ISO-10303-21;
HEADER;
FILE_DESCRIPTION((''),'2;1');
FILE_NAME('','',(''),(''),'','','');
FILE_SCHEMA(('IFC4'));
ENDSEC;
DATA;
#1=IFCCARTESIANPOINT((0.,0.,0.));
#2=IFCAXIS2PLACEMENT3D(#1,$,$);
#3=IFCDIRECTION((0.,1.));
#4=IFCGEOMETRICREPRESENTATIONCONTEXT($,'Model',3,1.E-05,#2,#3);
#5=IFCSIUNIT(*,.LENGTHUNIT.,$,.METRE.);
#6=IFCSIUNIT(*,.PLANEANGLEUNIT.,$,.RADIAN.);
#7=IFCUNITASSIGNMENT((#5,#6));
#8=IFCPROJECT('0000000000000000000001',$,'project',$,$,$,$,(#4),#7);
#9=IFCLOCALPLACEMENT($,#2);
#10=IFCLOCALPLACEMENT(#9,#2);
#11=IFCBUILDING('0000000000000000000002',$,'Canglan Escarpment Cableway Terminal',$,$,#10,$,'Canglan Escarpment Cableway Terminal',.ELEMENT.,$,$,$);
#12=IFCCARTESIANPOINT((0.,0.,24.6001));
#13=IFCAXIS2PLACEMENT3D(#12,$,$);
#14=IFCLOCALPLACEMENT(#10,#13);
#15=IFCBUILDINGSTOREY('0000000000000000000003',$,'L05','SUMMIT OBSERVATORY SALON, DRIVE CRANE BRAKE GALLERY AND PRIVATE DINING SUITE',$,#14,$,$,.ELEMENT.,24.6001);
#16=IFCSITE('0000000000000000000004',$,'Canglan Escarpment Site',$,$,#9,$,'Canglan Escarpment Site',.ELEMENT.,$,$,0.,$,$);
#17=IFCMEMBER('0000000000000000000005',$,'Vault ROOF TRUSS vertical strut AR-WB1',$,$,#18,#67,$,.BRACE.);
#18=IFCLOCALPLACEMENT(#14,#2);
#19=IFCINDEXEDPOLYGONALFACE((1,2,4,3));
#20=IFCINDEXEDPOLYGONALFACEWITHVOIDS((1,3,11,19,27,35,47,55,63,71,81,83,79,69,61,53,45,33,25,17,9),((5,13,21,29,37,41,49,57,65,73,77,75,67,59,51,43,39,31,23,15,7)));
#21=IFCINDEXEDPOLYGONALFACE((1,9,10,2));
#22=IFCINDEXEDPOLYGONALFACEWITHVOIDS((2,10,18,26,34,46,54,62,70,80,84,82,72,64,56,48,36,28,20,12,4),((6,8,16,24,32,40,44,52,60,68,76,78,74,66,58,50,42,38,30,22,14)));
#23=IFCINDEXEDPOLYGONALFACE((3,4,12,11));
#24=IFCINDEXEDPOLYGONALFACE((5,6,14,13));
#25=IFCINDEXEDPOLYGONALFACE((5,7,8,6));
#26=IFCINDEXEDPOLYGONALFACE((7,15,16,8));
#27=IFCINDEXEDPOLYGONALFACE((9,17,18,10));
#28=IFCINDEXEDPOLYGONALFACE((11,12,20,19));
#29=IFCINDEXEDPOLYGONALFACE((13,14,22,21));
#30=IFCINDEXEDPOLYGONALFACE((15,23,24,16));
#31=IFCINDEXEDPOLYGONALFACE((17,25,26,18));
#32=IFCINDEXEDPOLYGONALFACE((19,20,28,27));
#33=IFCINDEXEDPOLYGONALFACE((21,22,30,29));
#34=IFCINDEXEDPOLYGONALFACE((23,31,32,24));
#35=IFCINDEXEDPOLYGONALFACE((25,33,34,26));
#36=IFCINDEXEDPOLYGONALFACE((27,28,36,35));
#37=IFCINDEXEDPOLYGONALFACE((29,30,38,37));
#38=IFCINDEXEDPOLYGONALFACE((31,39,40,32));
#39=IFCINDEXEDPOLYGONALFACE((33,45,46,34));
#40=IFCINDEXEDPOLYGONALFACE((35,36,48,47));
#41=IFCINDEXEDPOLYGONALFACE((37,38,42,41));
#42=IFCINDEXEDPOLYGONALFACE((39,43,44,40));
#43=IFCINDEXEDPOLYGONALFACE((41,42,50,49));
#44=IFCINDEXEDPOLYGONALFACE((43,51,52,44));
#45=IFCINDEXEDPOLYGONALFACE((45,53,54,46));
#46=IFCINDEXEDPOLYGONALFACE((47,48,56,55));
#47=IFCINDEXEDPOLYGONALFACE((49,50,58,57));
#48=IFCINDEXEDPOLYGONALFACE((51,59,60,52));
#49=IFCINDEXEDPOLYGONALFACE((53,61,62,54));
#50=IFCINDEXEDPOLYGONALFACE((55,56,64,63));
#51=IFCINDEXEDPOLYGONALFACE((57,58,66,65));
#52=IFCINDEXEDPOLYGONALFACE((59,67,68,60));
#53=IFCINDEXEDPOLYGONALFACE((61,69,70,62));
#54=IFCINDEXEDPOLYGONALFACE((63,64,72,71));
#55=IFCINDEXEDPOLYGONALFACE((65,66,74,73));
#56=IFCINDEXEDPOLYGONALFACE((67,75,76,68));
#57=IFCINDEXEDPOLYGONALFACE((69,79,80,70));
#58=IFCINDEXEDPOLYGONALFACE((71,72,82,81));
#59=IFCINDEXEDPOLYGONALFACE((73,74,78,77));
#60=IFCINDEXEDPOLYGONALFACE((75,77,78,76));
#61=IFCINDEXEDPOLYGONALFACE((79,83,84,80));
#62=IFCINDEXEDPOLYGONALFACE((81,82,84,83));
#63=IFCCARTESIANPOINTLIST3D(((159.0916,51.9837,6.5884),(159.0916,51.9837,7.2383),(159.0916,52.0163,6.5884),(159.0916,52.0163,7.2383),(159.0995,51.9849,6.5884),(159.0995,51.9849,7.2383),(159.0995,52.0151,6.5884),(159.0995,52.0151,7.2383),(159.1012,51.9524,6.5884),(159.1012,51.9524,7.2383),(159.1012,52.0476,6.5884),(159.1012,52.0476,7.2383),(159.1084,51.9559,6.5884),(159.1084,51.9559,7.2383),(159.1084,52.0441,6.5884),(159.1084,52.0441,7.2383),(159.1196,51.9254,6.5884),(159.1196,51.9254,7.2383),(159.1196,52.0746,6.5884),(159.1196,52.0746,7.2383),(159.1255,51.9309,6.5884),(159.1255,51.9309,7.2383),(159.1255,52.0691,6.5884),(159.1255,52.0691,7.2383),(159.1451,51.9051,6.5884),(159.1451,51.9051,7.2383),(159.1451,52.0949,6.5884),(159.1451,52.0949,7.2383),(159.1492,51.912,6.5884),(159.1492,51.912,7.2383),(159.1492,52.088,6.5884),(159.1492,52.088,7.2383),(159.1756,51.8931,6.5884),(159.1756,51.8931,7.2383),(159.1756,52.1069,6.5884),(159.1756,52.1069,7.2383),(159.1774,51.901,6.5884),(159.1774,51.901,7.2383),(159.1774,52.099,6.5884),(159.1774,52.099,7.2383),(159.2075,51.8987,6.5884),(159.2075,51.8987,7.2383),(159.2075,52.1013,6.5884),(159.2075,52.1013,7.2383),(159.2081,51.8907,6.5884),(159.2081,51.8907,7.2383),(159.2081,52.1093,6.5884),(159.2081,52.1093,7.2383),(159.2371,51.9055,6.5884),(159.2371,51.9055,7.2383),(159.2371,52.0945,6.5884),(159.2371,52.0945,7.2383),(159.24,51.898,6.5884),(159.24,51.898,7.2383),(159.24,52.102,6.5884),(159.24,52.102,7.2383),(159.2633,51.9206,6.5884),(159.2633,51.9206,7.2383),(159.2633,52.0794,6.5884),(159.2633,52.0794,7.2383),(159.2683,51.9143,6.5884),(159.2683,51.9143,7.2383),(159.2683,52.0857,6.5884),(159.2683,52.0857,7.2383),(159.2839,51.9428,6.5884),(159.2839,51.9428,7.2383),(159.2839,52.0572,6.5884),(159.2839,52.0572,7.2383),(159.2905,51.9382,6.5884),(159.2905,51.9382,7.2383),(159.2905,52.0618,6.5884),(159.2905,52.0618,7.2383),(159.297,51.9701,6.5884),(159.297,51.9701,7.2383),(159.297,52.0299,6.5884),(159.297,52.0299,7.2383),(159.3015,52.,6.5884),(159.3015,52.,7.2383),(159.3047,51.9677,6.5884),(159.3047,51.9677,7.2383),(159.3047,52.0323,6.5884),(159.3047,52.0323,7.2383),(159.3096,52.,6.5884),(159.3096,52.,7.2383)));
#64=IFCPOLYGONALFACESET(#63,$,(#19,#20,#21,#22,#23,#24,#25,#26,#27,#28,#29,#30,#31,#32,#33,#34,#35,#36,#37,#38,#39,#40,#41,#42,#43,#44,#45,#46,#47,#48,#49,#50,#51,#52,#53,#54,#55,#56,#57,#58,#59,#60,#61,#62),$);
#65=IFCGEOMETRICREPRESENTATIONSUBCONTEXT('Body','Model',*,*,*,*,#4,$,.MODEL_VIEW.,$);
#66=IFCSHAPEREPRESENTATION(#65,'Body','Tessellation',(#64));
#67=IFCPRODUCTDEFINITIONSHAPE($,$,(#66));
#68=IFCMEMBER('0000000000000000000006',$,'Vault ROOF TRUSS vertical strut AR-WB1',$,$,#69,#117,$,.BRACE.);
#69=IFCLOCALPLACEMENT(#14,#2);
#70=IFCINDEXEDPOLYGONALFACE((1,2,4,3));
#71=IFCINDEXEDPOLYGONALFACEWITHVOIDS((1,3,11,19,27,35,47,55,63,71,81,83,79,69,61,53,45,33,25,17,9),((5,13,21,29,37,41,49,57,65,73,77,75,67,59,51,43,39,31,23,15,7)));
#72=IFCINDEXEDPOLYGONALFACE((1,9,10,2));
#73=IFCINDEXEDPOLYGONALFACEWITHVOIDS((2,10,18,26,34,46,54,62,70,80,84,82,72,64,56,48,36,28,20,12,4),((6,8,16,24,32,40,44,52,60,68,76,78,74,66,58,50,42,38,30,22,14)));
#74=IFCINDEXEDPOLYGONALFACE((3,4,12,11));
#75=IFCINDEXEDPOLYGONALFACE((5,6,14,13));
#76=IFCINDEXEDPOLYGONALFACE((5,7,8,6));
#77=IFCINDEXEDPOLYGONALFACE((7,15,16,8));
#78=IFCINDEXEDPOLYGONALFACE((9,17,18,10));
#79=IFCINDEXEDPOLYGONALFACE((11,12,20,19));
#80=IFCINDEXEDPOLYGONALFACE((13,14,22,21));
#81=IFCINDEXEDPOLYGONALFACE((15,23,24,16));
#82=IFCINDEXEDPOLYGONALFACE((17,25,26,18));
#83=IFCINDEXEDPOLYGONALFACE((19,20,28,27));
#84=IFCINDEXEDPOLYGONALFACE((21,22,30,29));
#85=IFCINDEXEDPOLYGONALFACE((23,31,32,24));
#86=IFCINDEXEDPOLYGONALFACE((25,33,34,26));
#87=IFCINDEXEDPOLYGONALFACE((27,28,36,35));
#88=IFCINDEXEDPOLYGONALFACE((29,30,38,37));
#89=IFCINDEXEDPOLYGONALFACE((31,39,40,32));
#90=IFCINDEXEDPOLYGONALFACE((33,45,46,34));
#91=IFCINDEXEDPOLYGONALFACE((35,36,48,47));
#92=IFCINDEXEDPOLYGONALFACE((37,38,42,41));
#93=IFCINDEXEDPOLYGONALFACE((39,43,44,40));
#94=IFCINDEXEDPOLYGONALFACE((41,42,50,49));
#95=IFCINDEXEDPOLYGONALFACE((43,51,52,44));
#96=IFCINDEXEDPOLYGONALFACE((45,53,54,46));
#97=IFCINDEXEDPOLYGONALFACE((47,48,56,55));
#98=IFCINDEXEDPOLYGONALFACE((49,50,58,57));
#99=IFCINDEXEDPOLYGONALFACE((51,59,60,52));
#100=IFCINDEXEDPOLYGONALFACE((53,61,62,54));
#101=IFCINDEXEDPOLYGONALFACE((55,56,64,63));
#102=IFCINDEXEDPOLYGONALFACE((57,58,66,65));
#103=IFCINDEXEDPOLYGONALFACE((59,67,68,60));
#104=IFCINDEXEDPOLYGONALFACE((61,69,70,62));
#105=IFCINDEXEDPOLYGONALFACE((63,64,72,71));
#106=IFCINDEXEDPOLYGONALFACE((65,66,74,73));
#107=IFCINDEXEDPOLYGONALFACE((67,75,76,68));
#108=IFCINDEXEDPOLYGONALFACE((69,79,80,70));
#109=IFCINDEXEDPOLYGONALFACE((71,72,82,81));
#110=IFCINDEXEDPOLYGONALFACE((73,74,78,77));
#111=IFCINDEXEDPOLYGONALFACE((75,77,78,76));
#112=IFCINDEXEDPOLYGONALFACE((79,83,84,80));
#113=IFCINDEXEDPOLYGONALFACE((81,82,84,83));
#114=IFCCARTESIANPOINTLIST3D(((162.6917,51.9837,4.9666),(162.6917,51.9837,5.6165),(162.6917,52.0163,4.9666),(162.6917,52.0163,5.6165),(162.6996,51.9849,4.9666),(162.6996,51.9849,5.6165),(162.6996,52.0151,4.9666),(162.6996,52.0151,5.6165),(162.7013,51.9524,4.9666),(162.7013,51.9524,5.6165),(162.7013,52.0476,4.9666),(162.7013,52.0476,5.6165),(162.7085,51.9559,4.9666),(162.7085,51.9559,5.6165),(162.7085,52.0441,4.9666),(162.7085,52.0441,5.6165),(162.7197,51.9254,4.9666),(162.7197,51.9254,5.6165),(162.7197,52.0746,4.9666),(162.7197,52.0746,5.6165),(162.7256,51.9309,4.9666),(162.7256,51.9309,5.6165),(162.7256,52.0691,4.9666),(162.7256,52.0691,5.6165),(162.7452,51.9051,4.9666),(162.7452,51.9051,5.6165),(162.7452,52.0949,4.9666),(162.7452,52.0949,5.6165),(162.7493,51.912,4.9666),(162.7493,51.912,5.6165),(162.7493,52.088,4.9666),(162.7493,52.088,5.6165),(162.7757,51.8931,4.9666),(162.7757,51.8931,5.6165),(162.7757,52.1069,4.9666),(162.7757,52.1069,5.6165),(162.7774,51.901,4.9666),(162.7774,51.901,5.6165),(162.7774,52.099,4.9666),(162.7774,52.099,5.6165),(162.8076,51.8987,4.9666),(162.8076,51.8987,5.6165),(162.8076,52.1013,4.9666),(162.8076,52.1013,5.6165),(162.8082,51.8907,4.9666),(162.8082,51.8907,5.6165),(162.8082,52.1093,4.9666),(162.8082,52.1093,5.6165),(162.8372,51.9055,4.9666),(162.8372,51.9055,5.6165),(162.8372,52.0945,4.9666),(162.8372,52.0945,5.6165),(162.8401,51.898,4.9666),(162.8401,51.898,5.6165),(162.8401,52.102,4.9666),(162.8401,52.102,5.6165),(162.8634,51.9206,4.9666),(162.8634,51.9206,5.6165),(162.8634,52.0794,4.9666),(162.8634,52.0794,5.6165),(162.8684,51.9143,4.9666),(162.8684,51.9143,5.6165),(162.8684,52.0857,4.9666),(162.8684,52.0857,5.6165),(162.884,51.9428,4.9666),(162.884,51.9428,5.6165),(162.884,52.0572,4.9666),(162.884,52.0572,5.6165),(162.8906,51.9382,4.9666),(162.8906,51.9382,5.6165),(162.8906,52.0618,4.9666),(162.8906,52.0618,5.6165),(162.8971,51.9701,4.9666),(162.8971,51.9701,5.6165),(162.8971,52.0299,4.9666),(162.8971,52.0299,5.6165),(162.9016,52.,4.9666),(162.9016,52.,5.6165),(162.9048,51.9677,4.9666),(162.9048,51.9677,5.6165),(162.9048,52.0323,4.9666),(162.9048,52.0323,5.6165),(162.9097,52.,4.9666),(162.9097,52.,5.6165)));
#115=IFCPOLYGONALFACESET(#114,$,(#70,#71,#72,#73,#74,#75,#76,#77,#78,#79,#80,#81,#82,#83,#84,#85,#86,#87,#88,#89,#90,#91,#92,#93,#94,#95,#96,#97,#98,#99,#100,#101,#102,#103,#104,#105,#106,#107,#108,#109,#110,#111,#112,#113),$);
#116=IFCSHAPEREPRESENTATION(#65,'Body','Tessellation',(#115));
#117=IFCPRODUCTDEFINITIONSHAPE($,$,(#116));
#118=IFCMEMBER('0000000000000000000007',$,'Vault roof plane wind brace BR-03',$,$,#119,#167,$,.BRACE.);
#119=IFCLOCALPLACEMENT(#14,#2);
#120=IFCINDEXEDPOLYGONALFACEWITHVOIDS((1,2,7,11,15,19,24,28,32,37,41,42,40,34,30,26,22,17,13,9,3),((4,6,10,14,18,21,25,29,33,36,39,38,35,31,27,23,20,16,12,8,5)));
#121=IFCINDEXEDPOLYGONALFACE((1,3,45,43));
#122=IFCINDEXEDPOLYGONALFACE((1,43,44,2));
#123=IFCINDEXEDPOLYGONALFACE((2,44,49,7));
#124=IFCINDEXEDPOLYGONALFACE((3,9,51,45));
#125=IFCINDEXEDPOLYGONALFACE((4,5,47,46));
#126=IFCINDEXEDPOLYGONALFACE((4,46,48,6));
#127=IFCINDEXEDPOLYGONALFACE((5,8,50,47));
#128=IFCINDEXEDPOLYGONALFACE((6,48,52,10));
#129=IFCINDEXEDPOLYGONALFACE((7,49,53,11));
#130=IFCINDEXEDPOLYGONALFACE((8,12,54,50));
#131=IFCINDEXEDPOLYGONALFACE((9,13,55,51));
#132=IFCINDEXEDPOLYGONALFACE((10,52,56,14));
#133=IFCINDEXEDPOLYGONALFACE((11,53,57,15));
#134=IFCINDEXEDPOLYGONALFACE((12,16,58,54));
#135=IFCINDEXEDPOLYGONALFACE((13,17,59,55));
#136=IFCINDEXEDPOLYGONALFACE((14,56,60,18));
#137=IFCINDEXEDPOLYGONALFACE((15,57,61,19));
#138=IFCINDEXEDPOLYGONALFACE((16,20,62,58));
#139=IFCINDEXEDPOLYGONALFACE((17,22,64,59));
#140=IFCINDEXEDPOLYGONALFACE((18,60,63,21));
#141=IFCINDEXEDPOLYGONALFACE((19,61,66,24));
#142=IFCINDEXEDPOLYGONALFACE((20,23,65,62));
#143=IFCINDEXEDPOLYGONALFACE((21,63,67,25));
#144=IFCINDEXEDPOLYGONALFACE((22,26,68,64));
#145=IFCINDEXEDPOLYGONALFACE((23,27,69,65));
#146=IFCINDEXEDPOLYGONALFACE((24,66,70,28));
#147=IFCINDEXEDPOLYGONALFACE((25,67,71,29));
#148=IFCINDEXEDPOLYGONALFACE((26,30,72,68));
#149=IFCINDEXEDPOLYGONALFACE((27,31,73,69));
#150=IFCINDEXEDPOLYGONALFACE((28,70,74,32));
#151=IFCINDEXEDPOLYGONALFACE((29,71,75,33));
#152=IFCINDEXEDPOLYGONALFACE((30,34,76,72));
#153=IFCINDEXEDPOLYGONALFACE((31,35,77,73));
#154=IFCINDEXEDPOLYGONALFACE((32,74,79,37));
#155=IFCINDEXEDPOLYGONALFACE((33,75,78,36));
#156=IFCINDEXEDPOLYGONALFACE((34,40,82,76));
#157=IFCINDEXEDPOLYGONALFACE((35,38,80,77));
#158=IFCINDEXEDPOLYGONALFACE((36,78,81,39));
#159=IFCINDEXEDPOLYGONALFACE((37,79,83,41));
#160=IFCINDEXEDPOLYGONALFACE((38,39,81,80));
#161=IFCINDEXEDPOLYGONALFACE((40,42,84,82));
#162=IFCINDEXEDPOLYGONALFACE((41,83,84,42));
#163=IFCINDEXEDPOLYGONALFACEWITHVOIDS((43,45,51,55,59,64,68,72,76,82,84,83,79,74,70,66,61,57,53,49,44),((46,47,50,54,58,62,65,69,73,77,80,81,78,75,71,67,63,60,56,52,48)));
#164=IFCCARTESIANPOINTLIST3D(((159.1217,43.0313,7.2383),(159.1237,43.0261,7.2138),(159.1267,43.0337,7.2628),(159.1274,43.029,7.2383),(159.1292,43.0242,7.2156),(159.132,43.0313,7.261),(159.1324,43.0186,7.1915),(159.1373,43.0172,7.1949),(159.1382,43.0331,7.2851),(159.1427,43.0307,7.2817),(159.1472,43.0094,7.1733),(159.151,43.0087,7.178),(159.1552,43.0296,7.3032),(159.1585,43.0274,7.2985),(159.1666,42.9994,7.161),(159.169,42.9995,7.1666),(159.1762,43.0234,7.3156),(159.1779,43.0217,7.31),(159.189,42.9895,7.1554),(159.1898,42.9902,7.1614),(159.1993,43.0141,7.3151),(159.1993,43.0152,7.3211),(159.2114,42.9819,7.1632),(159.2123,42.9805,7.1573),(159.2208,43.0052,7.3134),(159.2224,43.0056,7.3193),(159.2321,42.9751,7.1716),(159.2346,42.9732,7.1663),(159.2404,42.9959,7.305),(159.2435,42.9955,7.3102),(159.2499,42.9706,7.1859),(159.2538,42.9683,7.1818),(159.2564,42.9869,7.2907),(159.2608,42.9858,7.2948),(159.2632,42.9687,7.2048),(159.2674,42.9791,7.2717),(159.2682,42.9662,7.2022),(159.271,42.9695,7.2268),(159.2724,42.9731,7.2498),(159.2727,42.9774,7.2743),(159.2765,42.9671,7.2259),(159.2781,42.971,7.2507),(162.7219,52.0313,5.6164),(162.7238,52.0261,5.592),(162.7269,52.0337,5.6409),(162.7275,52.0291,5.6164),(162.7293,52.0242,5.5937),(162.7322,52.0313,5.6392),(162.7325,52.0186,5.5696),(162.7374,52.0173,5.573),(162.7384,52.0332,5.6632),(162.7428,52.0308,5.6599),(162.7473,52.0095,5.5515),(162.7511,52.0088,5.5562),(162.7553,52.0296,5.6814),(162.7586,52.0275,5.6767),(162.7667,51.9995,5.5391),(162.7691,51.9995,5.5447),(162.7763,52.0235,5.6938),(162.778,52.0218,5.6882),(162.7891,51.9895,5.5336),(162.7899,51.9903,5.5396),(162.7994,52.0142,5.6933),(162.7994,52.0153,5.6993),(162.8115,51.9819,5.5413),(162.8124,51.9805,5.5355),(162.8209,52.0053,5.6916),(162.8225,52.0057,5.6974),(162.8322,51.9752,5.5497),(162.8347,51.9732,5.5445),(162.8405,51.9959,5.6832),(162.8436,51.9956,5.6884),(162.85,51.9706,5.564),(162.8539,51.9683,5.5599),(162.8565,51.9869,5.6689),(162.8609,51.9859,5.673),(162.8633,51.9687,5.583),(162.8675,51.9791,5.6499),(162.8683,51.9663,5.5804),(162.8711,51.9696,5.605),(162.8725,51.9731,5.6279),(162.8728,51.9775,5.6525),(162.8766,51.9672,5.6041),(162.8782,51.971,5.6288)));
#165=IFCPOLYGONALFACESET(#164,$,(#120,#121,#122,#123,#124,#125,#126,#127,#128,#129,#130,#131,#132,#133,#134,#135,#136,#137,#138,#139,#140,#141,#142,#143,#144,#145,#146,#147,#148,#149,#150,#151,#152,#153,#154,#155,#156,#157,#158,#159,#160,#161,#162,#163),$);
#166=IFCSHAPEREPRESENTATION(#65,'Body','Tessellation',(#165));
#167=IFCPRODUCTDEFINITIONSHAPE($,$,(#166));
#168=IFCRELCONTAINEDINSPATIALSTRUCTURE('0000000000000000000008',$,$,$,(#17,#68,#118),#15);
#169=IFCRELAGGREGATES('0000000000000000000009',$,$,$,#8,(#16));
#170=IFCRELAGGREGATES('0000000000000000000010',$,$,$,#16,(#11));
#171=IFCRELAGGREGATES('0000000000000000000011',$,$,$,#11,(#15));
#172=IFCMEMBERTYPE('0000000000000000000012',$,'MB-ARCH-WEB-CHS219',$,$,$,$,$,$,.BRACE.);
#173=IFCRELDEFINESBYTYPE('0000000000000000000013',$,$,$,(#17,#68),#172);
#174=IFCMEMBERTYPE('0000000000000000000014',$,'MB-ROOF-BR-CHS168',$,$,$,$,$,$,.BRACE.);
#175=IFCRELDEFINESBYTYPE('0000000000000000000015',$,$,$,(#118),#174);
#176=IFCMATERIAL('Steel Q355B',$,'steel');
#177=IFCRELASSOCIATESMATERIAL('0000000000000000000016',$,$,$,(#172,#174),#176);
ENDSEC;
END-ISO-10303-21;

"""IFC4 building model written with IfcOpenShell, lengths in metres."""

from ifc_helpers import new_model, si_unit, direction, frame, origin, origin_2d, place, context, subcontext, project, spatial, hollow_circle, extrude, material, material_profile, profile_set, type_object, element, save


model = new_model("IFC4")

# Units and contexts
model_context = context("Model", 3, precision=1e-05, world=origin(), true_north=direction((0.0, 1.0)))
body_context = subcontext(model_context, "Body", "Model", "MODEL_VIEW")
ifc_project = project(units=[si_unit("LENGTHUNIT", "METRE"), si_unit("PLANEANGLEUNIT", "RADIAN")], contexts=[model_context])

# Site, building, storey
site_placement = place(None, origin())
site = spatial("IfcSite", under=ifc_project, at=site_placement, Name="Canglan Escarpment Site", LongName="Canglan Escarpment Site", CompositionType="ELEMENT", RefElevation=0.0)
building_placement = place(site_placement, origin())
building = spatial("IfcBuilding", under=site, at=building_placement, Name="Canglan Escarpment Cableway Terminal", LongName="Canglan Escarpment Cableway Terminal", CompositionType="ELEMENT")
storey_placement = place(building_placement, frame((0.0, 0.0, 24.6001)))
storey = spatial("IfcBuildingStorey", under=building, at=storey_placement, Name="L05", Description="SUMMIT OBSERVATORY SALON, DRIVE CRANE BRAKE GALLERY AND PRIVATE DINING SUITE", CompositionType="ELEMENT", Elevation=24.6001)

# Shared definitions
ifc_material_1 = material(Name="Steel Q355B", Category="steel")

# Members
ifc_material_profile_1 = material_profile(ifc_material_1, hollow_circle(Radius=0.1096, WallThickness=0.0081, at=origin_2d()), Name="CHS 219.1x8")
ifc_profile_set_1 = profile_set([ifc_material_profile_1], Name="Steel Q355B")
member_type_1 = type_object("IfcMemberType", Name="MB-ARCH-WEB-CHS219", PredefinedType="BRACE", material=ifc_profile_set_1)
for number, where, z_axis, x_axis, name in (
    (1, (159.2, 52.0, 6.5884), (0.0, 0.0, 1.0), (1.0, 0.0, 0.0), "Vault ROOF TRUSS vertical strut AR-WB1"),
    (2, (162.8, 52.0, 4.9666), (0.0, 0.0, 1.0), (1.0, 0.0, 0.0), "Vault ROOF TRUSS vertical strut AR-WB1"),
):
    element("IfcMember", number, at=place(storey_placement, frame(where, z_axis=z_axis, x_axis=x_axis)), inside=storey, type_object=member_type_1, Name=name, PredefinedType="BRACE", context=body_context, shape_type="SweptSolid", body=[
        extrude(hollow_circle(Radius=0.1096, WallThickness=0.0081, at=origin_2d()), origin(), (0.0, 0.0, 1.0), 0.6499),
    ])
ifc_material_profile_2 = material_profile(ifc_material_1, hollow_circle(Radius=0.0842, WallThickness=0.0061, at=origin_2d()), Name="CHS 168.3x6")
ifc_profile_set_2 = profile_set([ifc_material_profile_2], Name="Steel Q355B")
member_type_2 = type_object("IfcMemberType", Name="MB-ROOF-BR-CHS168", PredefinedType="BRACE", material=ifc_profile_set_2)
for number, where, z_axis, x_axis, name in (
    (3, (159.2, 43.0, 7.2383), (0.366308, 0.915744, -0.16502), (-0.928473, 0.371399, 0.0), "Vault roof plane wind brace BR-03"),
):
    element("IfcMember", number, at=place(storey_placement, frame(where, z_axis=z_axis, x_axis=x_axis)), inside=storey, type_object=member_type_2, Name=name, PredefinedType="BRACE", context=body_context, shape_type="SweptSolid", body=[
        extrude(hollow_circle(Radius=0.0842, WallThickness=0.0061, at=origin_2d()), origin(), (0.0, 0.0, 1.0), 9.8281),
    ])

save(model, "model.ifc")
